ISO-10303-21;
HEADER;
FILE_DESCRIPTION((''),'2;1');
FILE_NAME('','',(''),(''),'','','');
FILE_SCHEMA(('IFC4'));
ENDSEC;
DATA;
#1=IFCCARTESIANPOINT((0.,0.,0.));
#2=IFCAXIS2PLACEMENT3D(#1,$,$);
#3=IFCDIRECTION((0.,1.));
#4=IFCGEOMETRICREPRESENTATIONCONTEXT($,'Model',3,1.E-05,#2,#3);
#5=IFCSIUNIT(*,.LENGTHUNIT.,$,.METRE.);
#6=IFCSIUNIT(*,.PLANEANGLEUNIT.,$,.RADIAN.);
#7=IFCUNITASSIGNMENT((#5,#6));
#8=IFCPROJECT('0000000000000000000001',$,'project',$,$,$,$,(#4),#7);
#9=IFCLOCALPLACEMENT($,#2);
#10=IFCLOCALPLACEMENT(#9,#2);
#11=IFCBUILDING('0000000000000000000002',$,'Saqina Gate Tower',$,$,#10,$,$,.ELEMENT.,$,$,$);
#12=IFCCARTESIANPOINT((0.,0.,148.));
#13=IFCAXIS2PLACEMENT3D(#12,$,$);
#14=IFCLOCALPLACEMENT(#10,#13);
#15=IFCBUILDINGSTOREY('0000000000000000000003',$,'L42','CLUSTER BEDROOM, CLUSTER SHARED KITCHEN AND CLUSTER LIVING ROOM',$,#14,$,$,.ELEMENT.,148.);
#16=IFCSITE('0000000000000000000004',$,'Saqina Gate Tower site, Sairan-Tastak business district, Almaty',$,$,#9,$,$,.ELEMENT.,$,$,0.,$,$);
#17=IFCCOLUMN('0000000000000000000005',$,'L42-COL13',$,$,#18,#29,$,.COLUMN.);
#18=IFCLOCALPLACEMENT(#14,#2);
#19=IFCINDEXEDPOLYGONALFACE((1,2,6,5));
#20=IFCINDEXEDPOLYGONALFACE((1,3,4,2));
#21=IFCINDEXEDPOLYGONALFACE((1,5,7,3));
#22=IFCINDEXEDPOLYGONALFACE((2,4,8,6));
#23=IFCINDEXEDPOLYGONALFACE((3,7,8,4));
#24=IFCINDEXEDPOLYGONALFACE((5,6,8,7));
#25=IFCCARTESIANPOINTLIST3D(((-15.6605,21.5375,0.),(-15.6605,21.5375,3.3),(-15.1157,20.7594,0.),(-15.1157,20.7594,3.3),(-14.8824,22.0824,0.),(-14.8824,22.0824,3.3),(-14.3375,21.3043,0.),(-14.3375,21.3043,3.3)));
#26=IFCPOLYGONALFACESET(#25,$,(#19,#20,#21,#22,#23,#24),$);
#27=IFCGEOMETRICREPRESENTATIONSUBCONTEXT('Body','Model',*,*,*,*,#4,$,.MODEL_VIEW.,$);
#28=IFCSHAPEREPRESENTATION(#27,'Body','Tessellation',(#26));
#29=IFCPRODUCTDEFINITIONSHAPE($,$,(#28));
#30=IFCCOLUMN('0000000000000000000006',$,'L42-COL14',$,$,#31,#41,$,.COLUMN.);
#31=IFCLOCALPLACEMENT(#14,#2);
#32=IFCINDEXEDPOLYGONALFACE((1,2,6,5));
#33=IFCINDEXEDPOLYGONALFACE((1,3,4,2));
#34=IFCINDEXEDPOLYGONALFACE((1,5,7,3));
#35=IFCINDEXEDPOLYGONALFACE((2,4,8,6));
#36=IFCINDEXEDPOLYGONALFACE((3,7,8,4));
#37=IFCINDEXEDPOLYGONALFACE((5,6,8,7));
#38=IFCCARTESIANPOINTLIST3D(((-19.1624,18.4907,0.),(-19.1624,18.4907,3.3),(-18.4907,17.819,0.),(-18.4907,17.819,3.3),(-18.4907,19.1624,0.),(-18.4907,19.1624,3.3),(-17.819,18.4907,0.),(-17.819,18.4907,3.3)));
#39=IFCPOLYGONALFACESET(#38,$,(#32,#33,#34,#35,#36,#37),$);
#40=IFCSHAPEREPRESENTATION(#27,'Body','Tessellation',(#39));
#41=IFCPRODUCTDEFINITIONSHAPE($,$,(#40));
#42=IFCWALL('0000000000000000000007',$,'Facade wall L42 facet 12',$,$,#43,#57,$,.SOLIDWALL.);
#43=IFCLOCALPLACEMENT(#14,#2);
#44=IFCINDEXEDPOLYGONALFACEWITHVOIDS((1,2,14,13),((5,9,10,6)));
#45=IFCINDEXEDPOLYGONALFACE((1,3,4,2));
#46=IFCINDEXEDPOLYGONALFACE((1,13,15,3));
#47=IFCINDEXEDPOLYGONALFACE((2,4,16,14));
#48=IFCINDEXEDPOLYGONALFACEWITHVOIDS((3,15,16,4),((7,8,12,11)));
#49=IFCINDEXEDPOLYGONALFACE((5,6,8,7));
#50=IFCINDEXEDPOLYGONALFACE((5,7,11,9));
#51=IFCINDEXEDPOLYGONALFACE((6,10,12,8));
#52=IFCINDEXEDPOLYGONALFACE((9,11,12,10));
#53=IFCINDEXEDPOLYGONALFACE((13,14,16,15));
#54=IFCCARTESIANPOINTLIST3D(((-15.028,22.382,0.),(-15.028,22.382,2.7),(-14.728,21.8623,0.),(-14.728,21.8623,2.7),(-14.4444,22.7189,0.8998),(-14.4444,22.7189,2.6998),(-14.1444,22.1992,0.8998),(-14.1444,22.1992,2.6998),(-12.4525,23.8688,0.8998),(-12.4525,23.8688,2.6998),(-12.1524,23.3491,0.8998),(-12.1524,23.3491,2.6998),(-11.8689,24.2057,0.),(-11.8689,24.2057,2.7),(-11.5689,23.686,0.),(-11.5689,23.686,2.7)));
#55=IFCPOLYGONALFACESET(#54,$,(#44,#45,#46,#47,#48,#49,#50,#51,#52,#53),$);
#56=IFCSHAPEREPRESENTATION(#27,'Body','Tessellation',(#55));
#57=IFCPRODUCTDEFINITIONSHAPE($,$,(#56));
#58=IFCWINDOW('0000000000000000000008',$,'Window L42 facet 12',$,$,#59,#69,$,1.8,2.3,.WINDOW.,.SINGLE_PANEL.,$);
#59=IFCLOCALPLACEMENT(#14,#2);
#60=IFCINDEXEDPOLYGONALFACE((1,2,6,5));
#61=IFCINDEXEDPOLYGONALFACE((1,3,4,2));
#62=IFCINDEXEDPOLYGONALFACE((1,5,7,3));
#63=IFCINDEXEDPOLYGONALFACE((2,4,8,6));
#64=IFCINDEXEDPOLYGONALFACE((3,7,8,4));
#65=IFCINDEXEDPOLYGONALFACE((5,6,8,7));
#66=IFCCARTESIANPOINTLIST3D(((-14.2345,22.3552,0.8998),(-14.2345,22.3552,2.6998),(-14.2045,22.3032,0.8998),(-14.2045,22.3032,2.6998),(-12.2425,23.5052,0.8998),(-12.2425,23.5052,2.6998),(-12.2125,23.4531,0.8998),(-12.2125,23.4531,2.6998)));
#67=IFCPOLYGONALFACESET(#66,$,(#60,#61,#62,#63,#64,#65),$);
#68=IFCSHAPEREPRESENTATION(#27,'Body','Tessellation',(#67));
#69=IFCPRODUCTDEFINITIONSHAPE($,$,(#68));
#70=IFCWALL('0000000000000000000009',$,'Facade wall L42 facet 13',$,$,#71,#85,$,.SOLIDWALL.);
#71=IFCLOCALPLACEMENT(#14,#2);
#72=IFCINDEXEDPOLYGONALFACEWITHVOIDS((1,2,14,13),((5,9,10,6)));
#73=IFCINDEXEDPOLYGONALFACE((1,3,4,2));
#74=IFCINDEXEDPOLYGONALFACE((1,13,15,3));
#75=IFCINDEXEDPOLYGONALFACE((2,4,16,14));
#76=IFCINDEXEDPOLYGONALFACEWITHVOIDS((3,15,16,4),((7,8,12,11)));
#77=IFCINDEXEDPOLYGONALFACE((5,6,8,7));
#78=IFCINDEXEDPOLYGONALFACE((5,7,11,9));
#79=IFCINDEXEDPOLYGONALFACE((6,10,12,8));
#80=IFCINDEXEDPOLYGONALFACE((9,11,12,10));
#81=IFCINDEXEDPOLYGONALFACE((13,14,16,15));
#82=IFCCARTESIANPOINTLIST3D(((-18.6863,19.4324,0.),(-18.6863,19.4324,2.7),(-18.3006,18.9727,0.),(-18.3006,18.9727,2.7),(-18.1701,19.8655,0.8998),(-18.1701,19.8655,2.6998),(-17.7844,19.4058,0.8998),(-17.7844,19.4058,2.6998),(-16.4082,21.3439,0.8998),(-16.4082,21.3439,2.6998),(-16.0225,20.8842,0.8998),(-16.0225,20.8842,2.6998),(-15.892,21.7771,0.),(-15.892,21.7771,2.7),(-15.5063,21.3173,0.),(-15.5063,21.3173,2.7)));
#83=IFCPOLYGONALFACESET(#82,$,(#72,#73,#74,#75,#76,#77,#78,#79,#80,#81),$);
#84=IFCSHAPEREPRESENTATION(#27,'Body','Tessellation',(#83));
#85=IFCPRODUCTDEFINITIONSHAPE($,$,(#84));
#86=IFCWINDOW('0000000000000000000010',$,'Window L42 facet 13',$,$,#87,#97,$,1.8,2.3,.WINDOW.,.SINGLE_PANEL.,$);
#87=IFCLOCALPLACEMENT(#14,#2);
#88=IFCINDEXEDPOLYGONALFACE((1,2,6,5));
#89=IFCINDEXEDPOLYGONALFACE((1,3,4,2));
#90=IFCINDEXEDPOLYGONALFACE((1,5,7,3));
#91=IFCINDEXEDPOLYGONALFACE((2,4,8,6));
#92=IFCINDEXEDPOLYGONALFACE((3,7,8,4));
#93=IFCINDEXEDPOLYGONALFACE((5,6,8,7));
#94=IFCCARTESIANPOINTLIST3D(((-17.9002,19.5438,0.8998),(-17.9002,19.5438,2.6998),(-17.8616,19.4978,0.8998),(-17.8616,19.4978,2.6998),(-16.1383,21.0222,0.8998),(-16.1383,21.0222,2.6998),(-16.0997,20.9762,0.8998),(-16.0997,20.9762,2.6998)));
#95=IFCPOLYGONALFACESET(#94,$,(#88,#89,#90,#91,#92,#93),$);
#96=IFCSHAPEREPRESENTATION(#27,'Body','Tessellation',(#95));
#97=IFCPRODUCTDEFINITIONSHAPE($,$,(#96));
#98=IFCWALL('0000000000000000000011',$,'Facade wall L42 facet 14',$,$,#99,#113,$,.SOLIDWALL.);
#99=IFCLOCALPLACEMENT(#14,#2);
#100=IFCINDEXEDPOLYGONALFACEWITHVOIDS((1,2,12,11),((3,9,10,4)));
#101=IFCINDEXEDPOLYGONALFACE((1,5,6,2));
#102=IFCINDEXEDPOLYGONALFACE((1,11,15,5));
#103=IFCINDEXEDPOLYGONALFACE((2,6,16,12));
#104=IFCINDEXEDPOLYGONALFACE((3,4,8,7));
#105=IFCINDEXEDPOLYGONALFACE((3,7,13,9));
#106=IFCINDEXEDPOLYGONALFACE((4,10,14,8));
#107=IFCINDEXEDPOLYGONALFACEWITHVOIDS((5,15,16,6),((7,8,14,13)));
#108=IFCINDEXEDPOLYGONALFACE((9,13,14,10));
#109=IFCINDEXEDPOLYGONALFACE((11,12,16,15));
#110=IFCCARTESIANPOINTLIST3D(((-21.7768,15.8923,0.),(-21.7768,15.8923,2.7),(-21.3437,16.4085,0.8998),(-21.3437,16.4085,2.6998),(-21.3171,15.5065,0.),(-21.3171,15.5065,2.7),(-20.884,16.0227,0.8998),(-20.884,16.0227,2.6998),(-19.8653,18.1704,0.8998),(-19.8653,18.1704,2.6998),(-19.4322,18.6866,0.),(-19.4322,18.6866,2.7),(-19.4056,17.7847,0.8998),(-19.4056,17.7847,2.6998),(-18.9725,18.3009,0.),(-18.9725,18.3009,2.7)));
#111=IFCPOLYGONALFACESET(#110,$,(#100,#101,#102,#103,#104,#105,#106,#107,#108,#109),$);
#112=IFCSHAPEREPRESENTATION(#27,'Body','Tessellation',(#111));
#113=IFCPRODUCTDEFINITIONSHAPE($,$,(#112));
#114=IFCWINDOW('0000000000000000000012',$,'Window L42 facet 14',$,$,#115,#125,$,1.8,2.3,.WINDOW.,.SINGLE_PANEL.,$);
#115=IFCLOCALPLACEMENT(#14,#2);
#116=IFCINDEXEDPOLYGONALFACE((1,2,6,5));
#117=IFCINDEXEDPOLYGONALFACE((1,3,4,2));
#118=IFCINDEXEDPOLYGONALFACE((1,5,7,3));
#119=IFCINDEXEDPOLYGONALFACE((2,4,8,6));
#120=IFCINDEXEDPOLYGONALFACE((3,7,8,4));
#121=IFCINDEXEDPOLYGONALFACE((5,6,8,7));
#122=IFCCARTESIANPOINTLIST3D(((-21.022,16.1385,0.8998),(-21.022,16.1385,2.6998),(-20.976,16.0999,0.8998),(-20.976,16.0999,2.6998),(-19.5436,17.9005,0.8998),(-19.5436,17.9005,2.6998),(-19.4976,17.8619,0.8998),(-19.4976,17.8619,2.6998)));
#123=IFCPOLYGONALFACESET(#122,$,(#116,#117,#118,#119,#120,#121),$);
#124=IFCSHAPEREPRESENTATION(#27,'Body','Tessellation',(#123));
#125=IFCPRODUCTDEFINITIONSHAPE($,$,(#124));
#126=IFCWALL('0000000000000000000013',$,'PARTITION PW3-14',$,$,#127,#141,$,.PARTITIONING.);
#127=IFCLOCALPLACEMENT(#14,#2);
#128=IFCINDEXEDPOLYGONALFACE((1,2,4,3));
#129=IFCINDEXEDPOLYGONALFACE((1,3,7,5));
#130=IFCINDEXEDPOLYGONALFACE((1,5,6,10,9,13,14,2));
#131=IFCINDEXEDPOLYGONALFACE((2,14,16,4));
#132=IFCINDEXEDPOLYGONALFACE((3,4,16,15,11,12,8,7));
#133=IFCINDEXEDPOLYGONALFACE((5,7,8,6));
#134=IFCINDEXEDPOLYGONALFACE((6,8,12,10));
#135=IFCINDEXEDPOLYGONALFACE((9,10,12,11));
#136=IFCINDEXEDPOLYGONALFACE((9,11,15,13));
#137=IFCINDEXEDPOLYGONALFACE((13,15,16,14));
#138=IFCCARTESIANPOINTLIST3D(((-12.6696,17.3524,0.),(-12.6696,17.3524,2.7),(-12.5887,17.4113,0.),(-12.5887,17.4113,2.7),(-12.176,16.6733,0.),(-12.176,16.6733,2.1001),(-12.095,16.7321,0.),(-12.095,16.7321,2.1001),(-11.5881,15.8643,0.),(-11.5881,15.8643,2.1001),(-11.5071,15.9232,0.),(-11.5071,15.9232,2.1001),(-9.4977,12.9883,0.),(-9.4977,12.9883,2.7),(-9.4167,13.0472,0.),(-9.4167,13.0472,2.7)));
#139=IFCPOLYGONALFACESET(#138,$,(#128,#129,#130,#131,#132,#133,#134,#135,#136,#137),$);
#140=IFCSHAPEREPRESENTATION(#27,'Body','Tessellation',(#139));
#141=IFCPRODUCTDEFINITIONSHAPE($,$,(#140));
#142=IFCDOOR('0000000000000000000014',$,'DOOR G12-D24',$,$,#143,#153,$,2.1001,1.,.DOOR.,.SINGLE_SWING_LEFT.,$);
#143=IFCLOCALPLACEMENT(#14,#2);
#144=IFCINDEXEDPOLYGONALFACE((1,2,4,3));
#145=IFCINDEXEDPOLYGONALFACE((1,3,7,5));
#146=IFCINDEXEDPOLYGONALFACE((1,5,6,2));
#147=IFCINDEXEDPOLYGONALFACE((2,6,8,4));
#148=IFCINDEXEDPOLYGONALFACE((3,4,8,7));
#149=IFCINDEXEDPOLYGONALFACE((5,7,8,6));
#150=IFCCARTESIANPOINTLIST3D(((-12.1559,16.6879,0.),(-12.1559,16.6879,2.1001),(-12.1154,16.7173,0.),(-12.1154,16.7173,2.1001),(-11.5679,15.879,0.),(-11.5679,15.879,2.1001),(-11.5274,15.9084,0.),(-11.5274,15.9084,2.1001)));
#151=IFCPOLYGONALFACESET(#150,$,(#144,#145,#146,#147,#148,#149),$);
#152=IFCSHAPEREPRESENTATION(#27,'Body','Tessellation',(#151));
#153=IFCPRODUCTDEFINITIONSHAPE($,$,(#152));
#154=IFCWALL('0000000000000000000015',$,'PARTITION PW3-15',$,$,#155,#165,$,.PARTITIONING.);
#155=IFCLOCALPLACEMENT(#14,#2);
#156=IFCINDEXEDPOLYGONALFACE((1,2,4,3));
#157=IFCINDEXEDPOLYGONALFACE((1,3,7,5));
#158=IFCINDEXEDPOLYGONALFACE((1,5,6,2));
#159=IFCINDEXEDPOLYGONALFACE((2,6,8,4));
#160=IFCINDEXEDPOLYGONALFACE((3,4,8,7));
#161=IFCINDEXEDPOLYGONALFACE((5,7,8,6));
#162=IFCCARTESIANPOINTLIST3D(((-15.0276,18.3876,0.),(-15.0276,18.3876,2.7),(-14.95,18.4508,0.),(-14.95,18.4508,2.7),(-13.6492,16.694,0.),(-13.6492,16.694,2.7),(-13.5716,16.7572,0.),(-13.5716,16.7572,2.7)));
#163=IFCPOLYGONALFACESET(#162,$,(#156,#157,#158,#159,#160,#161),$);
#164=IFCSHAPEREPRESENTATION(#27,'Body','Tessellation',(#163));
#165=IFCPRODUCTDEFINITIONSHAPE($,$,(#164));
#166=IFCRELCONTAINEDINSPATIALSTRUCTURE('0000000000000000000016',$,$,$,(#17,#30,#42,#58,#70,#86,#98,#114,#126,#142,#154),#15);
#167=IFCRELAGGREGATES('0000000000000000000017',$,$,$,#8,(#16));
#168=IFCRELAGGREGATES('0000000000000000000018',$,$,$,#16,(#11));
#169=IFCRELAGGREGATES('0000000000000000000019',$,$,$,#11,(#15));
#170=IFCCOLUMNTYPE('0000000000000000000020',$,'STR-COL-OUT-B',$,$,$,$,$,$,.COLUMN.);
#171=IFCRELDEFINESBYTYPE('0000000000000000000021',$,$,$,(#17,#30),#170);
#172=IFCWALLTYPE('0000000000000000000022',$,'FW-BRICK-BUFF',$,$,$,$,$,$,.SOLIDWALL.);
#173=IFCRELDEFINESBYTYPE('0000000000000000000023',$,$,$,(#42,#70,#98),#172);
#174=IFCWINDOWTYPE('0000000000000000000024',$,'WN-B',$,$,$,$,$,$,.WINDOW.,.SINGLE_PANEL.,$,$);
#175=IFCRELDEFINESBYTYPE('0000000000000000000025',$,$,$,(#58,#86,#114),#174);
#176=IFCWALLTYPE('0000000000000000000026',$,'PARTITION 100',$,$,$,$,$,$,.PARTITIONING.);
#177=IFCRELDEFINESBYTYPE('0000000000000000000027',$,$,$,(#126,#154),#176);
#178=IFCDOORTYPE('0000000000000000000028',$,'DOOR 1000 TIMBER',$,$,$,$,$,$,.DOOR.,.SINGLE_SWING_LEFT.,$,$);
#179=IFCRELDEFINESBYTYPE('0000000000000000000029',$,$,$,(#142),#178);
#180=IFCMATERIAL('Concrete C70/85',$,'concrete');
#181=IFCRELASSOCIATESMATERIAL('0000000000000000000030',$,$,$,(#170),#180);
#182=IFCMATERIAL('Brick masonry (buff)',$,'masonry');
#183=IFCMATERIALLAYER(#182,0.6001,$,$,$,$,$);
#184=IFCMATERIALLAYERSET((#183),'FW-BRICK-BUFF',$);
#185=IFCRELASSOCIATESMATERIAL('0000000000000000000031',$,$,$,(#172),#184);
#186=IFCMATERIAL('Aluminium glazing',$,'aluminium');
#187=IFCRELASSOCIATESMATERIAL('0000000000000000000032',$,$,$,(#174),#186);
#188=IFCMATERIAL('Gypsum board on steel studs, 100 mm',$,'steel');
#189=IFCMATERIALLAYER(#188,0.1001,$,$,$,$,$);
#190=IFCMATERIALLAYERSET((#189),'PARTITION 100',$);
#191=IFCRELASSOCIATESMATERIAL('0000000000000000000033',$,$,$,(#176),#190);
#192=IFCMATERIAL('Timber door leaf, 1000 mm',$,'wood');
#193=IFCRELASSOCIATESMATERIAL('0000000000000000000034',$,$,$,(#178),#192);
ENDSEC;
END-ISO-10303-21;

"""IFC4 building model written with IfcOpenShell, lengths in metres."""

from ifc_helpers import new_model, si_unit, direction, frame, frame_2d, origin, origin_2d, place, context, subcontext, project, spatial, rectangle, extrude, material, layer, layer_set, material_profile, profile_set, type_object, element, fill, save


model = new_model("IFC4")

# Units and contexts
model_context = context("Model", 3, precision=1e-05, world=origin(), true_north=direction((0.0, 1.0)))
body_context = subcontext(model_context, "Body", "Model", "MODEL_VIEW")
ifc_project = project(units=[si_unit("LENGTHUNIT", "METRE"), si_unit("PLANEANGLEUNIT", "RADIAN")], contexts=[model_context])

# Site, building, storey
site_placement = place(None, origin())
site = spatial("IfcSite", under=ifc_project, at=site_placement, Name="Saqina Gate Tower site, Sairan-Tastak business district, Almaty", CompositionType="ELEMENT", RefElevation=0.0)
building_placement = place(site_placement, origin())
building = spatial("IfcBuilding", under=site, at=building_placement, Name="Saqina Gate Tower", CompositionType="ELEMENT")
storey_placement = place(building_placement, frame((0.0, 0.0, 148.0)))
storey = spatial("IfcBuildingStorey", under=building, at=storey_placement, Name="L42", Description="CLUSTER BEDROOM, CLUSTER SHARED KITCHEN AND CLUSTER LIVING ROOM", CompositionType="ELEMENT", Elevation=148.0)

# Columns
ifc_material_1 = material(Name="Concrete C70/85", Category="concrete")
ifc_material_profile = material_profile(ifc_material_1, rectangle(XDim=0.95, YDim=0.95, at=origin_2d()), Name="RC 950x950")
ifc_profile_set = profile_set([ifc_material_profile], Name="Concrete C70/85")
column_type = type_object("IfcColumnType", Name="STR-COL-OUT-B", PredefinedType="COLUMN", material=ifc_profile_set)
for number, where, z_axis, x_axis, name in (
    (1, (-14.999, 21.4209, 0.0), (0.0, 0.0, 1.0), (-0.573576, 0.819152, 0.0), "L42-COL13"),
    (2, (-18.4907, 18.4907, 0.0), (0.0, 0.0, 1.0), (-0.707107, 0.707107, 0.0), "L42-COL14"),
):
    element("IfcColumn", number, at=place(storey_placement, frame(where, z_axis=z_axis, x_axis=x_axis)), inside=storey, type_object=column_type, Name=name, PredefinedType="COLUMN", context=body_context, shape_type="SweptSolid", body=[
        extrude(rectangle(XDim=0.95, YDim=0.95, at=origin_2d()), origin(), (0.0, 0.0, 1.0), 3.3),
    ])

# Walls, openings, windows
ifc_material_2 = material(Name="Brick masonry (buff)", Category="masonry")
ifc_layer_1 = layer(ifc_material_2, 0.6001)
ifc_layer_set_1 = layer_set([ifc_layer_1], Name="FW-BRICK-BUFF")
wall_type_1 = type_object("IfcWallType", Name="FW-BRICK-BUFF", PredefinedType="SOLIDWALL", material=ifc_layer_set_1)
wall_1_placement = place(storey_placement, frame((-11.719, 23.9458, 0.0), z_axis=(0.0, 0.0, 1.0), x_axis=(-0.866052, -0.499954, 0.0)))
wall_1 = element("IfcWall", 3, at=wall_1_placement, inside=storey, type_object=wall_type_1, Name="Facade wall L42 facet 12", PredefinedType="SOLIDWALL", context=body_context, shape_type="SweptSolid", body=[
    extrude(rectangle(XDim=3.6477, YDim=0.6001, at=frame_2d((1.8237, 0.0))), origin(), (0.0, 0.0, 1.0), 2.7),
])
opening_1_placement = place(wall_1_placement, frame((0.6738, 0.0, 0.8999)))
opening_1 = element("IfcOpeningElement", 4, at=opening_1_placement, cuts=wall_1, PredefinedType="OPENING", context=body_context, shape_type="SweptSolid", body=[
    extrude(rectangle(XDim=2.3, YDim=1.8, at=frame_2d((1.1499, 0.8999))), frame((0.0, 0.312, 0.0), z_axis=(0.0, -1.0, 0.0), x_axis=(1.0, 0.0, 0.0)), (0.0, 0.0, 1.0), 0.624),
])
ifc_material_3 = material(Name="Aluminium glazing", Category="aluminium")
window_type = type_object("IfcWindowType", Name="WN-B", PartitioningType="SINGLE_PANEL", PredefinedType="WINDOW", material=ifc_material_3)
window_1_placement = place(opening_1_placement, origin())
window_1 = element("IfcWindow", 5, at=window_1_placement, inside=storey, type_object=window_type, Name="Window L42 facet 12", OverallHeight=1.8, OverallWidth=2.3, PartitioningType="SINGLE_PANEL", PredefinedType="WINDOW", context=body_context, shape_type="SweptSolid", body=[
    extrude(rectangle(XDim=2.3, YDim=1.8, at=frame_2d((1.1499, 0.8999))), frame((0.0, 0.1799, 0.0), z_axis=(0.0, -1.0, 0.0), x_axis=(1.0, 0.0, 0.0)), (0.0, 0.0, 1.0), 0.0601),
])
fill(opening_1, window_1)
wall_2_placement = place(storey_placement, frame((-15.6992, 21.5471, 0.0), z_axis=(0.0, 0.0, 1.0), x_axis=(-0.766055, -0.642774, 0.0)))
wall_2 = element("IfcWall", 6, at=wall_2_placement, inside=storey, type_object=wall_type_1, Name="Facade wall L42 facet 13", PredefinedType="SOLIDWALL", context=body_context, shape_type="SweptSolid", body=[
    extrude(rectangle(XDim=3.6477, YDim=0.6001, at=frame_2d((1.8237, 0.0))), origin(), (0.0, 0.0, 1.0), 2.7),
])
opening_2_placement = place(wall_2_placement, frame((0.6738, 0.0, 0.8999)))
opening_2 = element("IfcOpeningElement", 7, at=opening_2_placement, cuts=wall_2, PredefinedType="OPENING", context=body_context, shape_type="SweptSolid", body=[
    extrude(rectangle(XDim=2.3, YDim=1.8, at=frame_2d((1.1499, 0.8999))), frame((0.0, 0.312, 0.0), z_axis=(0.0, -1.0, 0.0), x_axis=(1.0, 0.0, 0.0)), (0.0, 0.0, 1.0), 0.624),
])
window_2_placement = place(opening_2_placement, origin())
window_2 = element("IfcWindow", 8, at=window_2_placement, inside=storey, type_object=window_type, Name="Window L42 facet 13", OverallHeight=1.8, OverallWidth=2.3, PartitioningType="SINGLE_PANEL", PredefinedType="WINDOW", context=body_context, shape_type="SweptSolid", body=[
    extrude(rectangle(XDim=2.3, YDim=1.8, at=frame_2d((1.1499, 0.8999))), frame((0.0, 0.1799, 0.0), z_axis=(0.0, -1.0, 0.0), x_axis=(1.0, 0.0, 0.0)), (0.0, 0.0, 1.0), 0.0601),
])
fill(opening_2, window_2)
wall_3_placement = place(storey_placement, frame((-19.2024, 18.4937, 0.0), z_axis=(0.0, 0.0, 1.0), x_axis=(-0.642774, -0.766055, 0.0)))
wall_3 = element("IfcWall", 9, at=wall_3_placement, inside=storey, type_object=wall_type_1, Name="Facade wall L42 facet 14", PredefinedType="SOLIDWALL", context=body_context, shape_type="SweptSolid", body=[
    extrude(rectangle(XDim=3.6477, YDim=0.6001, at=frame_2d((1.8237, 0.0))), origin(), (0.0, 0.0, 1.0), 2.7),
])
opening_3_placement = place(wall_3_placement, frame((0.6738, 0.0, 0.8999)))
opening_3 = element("IfcOpeningElement", 10, at=opening_3_placement, cuts=wall_3, PredefinedType="OPENING", context=body_context, shape_type="SweptSolid", body=[
    extrude(rectangle(XDim=2.3, YDim=1.8, at=frame_2d((1.1499, 0.8999))), frame((0.0, 0.312, 0.0), z_axis=(0.0, -1.0, 0.0), x_axis=(1.0, 0.0, 0.0)), (0.0, 0.0, 1.0), 0.624),
])
window_3_placement = place(opening_3_placement, origin())
window_3 = element("IfcWindow", 11, at=window_3_placement, inside=storey, type_object=window_type, Name="Window L42 facet 14", OverallHeight=1.8, OverallWidth=2.3, PartitioningType="SINGLE_PANEL", PredefinedType="WINDOW", context=body_context, shape_type="SweptSolid", body=[
    extrude(rectangle(XDim=2.3, YDim=1.8, at=frame_2d((1.1499, 0.8999))), frame((0.0, 0.1799, 0.0), z_axis=(0.0, -1.0, 0.0), x_axis=(1.0, 0.0, 0.0)), (0.0, 0.0, 1.0), 0.0601),
])
fill(opening_3, window_3)

# Wall, opening, door
ifc_material_4 = material(Name="Gypsum board on steel studs, 100 mm", Category="steel")
ifc_layer_2 = layer(ifc_material_4, 0.1001)
ifc_layer_set_2 = layer_set([ifc_layer_2], Name="PARTITION 100")
wall_type_2 = type_object("IfcWallType", Name="PARTITION 100", PredefinedType="PARTITIONING", material=ifc_layer_set_2)
wall_4_placement = place(storey_placement, frame((-12.6292, 17.3818, 0.0), z_axis=(0.0, 0.0, 1.0), x_axis=(0.587935, -0.808908, 0.0)))
wall_4 = element("IfcWall", 12, at=wall_4_placement, inside=storey, type_object=wall_type_2, Name="PARTITION PW3-14", PredefinedType="PARTITIONING", context=body_context, shape_type="SweptSolid", body=[
    extrude(rectangle(XDim=5.395, YDim=0.1001, at=frame_2d((2.6975, 0.0))), origin(), (0.0, 0.0, 1.0), 2.7),
])
opening_4_placement = place(wall_4_placement, frame((0.8396, 0.0, 0.0)))
opening_4 = element("IfcOpeningElement", 13, at=opening_4_placement, cuts=wall_4, PredefinedType="OPENING", context=body_context, shape_type="SweptSolid", body=[
    extrude(rectangle(XDim=1.0, YDim=2.1001, at=frame_2d((0.5, 1.05))), frame((0.0, 0.062, 0.0), z_axis=(0.0, -1.0, 0.0), x_axis=(1.0, 0.0, 0.0)), (0.0, 0.0, 1.0), 0.124),
])
ifc_material_5 = material(Name="Timber door leaf, 1000 mm", Category="wood")
door_type_1 = type_object("IfcDoorType", Name="DOOR 1000 TIMBER", OperationType="SINGLE_SWING_LEFT", PredefinedType="DOOR", material=ifc_material_5)
door_1_placement = place(opening_4_placement, origin())
door_1 = element("IfcDoor", 14, at=door_1_placement, inside=storey, type_object=door_type_1, Name="DOOR G12-D24", OperationType="SINGLE_SWING_LEFT", OverallHeight=2.1001, OverallWidth=1.0, PredefinedType="DOOR", context=body_context, shape_type="SweptSolid", body=[
    extrude(rectangle(XDim=1.0, YDim=2.1001, at=frame_2d((0.5, 1.05))), frame((0.0, 0.0249, 0.0), z_axis=(0.0, -1.0, 0.0), x_axis=(1.0, 0.0, 0.0)), (0.0, 0.0, 1.0), 0.05),
])
fill(opening_4, door_1)

# Wall
wall_5_placement = place(storey_placement, frame((-14.9888, 18.4192, 0.0), z_axis=(0.0, 0.0, 1.0), x_axis=(0.631245, -0.775584, 0.0)))
element("IfcWall", 15, at=wall_5_placement, inside=storey, type_object=wall_type_2, Name="PARTITION PW3-15", PredefinedType="PARTITIONING", context=body_context, shape_type="SweptSolid", body=[
    extrude(rectangle(XDim=2.1836, YDim=0.1001, at=frame_2d((1.0918, 0.0))), origin(), (0.0, 0.0, 1.0), 2.7),
])

save(model, "model.ifc")
